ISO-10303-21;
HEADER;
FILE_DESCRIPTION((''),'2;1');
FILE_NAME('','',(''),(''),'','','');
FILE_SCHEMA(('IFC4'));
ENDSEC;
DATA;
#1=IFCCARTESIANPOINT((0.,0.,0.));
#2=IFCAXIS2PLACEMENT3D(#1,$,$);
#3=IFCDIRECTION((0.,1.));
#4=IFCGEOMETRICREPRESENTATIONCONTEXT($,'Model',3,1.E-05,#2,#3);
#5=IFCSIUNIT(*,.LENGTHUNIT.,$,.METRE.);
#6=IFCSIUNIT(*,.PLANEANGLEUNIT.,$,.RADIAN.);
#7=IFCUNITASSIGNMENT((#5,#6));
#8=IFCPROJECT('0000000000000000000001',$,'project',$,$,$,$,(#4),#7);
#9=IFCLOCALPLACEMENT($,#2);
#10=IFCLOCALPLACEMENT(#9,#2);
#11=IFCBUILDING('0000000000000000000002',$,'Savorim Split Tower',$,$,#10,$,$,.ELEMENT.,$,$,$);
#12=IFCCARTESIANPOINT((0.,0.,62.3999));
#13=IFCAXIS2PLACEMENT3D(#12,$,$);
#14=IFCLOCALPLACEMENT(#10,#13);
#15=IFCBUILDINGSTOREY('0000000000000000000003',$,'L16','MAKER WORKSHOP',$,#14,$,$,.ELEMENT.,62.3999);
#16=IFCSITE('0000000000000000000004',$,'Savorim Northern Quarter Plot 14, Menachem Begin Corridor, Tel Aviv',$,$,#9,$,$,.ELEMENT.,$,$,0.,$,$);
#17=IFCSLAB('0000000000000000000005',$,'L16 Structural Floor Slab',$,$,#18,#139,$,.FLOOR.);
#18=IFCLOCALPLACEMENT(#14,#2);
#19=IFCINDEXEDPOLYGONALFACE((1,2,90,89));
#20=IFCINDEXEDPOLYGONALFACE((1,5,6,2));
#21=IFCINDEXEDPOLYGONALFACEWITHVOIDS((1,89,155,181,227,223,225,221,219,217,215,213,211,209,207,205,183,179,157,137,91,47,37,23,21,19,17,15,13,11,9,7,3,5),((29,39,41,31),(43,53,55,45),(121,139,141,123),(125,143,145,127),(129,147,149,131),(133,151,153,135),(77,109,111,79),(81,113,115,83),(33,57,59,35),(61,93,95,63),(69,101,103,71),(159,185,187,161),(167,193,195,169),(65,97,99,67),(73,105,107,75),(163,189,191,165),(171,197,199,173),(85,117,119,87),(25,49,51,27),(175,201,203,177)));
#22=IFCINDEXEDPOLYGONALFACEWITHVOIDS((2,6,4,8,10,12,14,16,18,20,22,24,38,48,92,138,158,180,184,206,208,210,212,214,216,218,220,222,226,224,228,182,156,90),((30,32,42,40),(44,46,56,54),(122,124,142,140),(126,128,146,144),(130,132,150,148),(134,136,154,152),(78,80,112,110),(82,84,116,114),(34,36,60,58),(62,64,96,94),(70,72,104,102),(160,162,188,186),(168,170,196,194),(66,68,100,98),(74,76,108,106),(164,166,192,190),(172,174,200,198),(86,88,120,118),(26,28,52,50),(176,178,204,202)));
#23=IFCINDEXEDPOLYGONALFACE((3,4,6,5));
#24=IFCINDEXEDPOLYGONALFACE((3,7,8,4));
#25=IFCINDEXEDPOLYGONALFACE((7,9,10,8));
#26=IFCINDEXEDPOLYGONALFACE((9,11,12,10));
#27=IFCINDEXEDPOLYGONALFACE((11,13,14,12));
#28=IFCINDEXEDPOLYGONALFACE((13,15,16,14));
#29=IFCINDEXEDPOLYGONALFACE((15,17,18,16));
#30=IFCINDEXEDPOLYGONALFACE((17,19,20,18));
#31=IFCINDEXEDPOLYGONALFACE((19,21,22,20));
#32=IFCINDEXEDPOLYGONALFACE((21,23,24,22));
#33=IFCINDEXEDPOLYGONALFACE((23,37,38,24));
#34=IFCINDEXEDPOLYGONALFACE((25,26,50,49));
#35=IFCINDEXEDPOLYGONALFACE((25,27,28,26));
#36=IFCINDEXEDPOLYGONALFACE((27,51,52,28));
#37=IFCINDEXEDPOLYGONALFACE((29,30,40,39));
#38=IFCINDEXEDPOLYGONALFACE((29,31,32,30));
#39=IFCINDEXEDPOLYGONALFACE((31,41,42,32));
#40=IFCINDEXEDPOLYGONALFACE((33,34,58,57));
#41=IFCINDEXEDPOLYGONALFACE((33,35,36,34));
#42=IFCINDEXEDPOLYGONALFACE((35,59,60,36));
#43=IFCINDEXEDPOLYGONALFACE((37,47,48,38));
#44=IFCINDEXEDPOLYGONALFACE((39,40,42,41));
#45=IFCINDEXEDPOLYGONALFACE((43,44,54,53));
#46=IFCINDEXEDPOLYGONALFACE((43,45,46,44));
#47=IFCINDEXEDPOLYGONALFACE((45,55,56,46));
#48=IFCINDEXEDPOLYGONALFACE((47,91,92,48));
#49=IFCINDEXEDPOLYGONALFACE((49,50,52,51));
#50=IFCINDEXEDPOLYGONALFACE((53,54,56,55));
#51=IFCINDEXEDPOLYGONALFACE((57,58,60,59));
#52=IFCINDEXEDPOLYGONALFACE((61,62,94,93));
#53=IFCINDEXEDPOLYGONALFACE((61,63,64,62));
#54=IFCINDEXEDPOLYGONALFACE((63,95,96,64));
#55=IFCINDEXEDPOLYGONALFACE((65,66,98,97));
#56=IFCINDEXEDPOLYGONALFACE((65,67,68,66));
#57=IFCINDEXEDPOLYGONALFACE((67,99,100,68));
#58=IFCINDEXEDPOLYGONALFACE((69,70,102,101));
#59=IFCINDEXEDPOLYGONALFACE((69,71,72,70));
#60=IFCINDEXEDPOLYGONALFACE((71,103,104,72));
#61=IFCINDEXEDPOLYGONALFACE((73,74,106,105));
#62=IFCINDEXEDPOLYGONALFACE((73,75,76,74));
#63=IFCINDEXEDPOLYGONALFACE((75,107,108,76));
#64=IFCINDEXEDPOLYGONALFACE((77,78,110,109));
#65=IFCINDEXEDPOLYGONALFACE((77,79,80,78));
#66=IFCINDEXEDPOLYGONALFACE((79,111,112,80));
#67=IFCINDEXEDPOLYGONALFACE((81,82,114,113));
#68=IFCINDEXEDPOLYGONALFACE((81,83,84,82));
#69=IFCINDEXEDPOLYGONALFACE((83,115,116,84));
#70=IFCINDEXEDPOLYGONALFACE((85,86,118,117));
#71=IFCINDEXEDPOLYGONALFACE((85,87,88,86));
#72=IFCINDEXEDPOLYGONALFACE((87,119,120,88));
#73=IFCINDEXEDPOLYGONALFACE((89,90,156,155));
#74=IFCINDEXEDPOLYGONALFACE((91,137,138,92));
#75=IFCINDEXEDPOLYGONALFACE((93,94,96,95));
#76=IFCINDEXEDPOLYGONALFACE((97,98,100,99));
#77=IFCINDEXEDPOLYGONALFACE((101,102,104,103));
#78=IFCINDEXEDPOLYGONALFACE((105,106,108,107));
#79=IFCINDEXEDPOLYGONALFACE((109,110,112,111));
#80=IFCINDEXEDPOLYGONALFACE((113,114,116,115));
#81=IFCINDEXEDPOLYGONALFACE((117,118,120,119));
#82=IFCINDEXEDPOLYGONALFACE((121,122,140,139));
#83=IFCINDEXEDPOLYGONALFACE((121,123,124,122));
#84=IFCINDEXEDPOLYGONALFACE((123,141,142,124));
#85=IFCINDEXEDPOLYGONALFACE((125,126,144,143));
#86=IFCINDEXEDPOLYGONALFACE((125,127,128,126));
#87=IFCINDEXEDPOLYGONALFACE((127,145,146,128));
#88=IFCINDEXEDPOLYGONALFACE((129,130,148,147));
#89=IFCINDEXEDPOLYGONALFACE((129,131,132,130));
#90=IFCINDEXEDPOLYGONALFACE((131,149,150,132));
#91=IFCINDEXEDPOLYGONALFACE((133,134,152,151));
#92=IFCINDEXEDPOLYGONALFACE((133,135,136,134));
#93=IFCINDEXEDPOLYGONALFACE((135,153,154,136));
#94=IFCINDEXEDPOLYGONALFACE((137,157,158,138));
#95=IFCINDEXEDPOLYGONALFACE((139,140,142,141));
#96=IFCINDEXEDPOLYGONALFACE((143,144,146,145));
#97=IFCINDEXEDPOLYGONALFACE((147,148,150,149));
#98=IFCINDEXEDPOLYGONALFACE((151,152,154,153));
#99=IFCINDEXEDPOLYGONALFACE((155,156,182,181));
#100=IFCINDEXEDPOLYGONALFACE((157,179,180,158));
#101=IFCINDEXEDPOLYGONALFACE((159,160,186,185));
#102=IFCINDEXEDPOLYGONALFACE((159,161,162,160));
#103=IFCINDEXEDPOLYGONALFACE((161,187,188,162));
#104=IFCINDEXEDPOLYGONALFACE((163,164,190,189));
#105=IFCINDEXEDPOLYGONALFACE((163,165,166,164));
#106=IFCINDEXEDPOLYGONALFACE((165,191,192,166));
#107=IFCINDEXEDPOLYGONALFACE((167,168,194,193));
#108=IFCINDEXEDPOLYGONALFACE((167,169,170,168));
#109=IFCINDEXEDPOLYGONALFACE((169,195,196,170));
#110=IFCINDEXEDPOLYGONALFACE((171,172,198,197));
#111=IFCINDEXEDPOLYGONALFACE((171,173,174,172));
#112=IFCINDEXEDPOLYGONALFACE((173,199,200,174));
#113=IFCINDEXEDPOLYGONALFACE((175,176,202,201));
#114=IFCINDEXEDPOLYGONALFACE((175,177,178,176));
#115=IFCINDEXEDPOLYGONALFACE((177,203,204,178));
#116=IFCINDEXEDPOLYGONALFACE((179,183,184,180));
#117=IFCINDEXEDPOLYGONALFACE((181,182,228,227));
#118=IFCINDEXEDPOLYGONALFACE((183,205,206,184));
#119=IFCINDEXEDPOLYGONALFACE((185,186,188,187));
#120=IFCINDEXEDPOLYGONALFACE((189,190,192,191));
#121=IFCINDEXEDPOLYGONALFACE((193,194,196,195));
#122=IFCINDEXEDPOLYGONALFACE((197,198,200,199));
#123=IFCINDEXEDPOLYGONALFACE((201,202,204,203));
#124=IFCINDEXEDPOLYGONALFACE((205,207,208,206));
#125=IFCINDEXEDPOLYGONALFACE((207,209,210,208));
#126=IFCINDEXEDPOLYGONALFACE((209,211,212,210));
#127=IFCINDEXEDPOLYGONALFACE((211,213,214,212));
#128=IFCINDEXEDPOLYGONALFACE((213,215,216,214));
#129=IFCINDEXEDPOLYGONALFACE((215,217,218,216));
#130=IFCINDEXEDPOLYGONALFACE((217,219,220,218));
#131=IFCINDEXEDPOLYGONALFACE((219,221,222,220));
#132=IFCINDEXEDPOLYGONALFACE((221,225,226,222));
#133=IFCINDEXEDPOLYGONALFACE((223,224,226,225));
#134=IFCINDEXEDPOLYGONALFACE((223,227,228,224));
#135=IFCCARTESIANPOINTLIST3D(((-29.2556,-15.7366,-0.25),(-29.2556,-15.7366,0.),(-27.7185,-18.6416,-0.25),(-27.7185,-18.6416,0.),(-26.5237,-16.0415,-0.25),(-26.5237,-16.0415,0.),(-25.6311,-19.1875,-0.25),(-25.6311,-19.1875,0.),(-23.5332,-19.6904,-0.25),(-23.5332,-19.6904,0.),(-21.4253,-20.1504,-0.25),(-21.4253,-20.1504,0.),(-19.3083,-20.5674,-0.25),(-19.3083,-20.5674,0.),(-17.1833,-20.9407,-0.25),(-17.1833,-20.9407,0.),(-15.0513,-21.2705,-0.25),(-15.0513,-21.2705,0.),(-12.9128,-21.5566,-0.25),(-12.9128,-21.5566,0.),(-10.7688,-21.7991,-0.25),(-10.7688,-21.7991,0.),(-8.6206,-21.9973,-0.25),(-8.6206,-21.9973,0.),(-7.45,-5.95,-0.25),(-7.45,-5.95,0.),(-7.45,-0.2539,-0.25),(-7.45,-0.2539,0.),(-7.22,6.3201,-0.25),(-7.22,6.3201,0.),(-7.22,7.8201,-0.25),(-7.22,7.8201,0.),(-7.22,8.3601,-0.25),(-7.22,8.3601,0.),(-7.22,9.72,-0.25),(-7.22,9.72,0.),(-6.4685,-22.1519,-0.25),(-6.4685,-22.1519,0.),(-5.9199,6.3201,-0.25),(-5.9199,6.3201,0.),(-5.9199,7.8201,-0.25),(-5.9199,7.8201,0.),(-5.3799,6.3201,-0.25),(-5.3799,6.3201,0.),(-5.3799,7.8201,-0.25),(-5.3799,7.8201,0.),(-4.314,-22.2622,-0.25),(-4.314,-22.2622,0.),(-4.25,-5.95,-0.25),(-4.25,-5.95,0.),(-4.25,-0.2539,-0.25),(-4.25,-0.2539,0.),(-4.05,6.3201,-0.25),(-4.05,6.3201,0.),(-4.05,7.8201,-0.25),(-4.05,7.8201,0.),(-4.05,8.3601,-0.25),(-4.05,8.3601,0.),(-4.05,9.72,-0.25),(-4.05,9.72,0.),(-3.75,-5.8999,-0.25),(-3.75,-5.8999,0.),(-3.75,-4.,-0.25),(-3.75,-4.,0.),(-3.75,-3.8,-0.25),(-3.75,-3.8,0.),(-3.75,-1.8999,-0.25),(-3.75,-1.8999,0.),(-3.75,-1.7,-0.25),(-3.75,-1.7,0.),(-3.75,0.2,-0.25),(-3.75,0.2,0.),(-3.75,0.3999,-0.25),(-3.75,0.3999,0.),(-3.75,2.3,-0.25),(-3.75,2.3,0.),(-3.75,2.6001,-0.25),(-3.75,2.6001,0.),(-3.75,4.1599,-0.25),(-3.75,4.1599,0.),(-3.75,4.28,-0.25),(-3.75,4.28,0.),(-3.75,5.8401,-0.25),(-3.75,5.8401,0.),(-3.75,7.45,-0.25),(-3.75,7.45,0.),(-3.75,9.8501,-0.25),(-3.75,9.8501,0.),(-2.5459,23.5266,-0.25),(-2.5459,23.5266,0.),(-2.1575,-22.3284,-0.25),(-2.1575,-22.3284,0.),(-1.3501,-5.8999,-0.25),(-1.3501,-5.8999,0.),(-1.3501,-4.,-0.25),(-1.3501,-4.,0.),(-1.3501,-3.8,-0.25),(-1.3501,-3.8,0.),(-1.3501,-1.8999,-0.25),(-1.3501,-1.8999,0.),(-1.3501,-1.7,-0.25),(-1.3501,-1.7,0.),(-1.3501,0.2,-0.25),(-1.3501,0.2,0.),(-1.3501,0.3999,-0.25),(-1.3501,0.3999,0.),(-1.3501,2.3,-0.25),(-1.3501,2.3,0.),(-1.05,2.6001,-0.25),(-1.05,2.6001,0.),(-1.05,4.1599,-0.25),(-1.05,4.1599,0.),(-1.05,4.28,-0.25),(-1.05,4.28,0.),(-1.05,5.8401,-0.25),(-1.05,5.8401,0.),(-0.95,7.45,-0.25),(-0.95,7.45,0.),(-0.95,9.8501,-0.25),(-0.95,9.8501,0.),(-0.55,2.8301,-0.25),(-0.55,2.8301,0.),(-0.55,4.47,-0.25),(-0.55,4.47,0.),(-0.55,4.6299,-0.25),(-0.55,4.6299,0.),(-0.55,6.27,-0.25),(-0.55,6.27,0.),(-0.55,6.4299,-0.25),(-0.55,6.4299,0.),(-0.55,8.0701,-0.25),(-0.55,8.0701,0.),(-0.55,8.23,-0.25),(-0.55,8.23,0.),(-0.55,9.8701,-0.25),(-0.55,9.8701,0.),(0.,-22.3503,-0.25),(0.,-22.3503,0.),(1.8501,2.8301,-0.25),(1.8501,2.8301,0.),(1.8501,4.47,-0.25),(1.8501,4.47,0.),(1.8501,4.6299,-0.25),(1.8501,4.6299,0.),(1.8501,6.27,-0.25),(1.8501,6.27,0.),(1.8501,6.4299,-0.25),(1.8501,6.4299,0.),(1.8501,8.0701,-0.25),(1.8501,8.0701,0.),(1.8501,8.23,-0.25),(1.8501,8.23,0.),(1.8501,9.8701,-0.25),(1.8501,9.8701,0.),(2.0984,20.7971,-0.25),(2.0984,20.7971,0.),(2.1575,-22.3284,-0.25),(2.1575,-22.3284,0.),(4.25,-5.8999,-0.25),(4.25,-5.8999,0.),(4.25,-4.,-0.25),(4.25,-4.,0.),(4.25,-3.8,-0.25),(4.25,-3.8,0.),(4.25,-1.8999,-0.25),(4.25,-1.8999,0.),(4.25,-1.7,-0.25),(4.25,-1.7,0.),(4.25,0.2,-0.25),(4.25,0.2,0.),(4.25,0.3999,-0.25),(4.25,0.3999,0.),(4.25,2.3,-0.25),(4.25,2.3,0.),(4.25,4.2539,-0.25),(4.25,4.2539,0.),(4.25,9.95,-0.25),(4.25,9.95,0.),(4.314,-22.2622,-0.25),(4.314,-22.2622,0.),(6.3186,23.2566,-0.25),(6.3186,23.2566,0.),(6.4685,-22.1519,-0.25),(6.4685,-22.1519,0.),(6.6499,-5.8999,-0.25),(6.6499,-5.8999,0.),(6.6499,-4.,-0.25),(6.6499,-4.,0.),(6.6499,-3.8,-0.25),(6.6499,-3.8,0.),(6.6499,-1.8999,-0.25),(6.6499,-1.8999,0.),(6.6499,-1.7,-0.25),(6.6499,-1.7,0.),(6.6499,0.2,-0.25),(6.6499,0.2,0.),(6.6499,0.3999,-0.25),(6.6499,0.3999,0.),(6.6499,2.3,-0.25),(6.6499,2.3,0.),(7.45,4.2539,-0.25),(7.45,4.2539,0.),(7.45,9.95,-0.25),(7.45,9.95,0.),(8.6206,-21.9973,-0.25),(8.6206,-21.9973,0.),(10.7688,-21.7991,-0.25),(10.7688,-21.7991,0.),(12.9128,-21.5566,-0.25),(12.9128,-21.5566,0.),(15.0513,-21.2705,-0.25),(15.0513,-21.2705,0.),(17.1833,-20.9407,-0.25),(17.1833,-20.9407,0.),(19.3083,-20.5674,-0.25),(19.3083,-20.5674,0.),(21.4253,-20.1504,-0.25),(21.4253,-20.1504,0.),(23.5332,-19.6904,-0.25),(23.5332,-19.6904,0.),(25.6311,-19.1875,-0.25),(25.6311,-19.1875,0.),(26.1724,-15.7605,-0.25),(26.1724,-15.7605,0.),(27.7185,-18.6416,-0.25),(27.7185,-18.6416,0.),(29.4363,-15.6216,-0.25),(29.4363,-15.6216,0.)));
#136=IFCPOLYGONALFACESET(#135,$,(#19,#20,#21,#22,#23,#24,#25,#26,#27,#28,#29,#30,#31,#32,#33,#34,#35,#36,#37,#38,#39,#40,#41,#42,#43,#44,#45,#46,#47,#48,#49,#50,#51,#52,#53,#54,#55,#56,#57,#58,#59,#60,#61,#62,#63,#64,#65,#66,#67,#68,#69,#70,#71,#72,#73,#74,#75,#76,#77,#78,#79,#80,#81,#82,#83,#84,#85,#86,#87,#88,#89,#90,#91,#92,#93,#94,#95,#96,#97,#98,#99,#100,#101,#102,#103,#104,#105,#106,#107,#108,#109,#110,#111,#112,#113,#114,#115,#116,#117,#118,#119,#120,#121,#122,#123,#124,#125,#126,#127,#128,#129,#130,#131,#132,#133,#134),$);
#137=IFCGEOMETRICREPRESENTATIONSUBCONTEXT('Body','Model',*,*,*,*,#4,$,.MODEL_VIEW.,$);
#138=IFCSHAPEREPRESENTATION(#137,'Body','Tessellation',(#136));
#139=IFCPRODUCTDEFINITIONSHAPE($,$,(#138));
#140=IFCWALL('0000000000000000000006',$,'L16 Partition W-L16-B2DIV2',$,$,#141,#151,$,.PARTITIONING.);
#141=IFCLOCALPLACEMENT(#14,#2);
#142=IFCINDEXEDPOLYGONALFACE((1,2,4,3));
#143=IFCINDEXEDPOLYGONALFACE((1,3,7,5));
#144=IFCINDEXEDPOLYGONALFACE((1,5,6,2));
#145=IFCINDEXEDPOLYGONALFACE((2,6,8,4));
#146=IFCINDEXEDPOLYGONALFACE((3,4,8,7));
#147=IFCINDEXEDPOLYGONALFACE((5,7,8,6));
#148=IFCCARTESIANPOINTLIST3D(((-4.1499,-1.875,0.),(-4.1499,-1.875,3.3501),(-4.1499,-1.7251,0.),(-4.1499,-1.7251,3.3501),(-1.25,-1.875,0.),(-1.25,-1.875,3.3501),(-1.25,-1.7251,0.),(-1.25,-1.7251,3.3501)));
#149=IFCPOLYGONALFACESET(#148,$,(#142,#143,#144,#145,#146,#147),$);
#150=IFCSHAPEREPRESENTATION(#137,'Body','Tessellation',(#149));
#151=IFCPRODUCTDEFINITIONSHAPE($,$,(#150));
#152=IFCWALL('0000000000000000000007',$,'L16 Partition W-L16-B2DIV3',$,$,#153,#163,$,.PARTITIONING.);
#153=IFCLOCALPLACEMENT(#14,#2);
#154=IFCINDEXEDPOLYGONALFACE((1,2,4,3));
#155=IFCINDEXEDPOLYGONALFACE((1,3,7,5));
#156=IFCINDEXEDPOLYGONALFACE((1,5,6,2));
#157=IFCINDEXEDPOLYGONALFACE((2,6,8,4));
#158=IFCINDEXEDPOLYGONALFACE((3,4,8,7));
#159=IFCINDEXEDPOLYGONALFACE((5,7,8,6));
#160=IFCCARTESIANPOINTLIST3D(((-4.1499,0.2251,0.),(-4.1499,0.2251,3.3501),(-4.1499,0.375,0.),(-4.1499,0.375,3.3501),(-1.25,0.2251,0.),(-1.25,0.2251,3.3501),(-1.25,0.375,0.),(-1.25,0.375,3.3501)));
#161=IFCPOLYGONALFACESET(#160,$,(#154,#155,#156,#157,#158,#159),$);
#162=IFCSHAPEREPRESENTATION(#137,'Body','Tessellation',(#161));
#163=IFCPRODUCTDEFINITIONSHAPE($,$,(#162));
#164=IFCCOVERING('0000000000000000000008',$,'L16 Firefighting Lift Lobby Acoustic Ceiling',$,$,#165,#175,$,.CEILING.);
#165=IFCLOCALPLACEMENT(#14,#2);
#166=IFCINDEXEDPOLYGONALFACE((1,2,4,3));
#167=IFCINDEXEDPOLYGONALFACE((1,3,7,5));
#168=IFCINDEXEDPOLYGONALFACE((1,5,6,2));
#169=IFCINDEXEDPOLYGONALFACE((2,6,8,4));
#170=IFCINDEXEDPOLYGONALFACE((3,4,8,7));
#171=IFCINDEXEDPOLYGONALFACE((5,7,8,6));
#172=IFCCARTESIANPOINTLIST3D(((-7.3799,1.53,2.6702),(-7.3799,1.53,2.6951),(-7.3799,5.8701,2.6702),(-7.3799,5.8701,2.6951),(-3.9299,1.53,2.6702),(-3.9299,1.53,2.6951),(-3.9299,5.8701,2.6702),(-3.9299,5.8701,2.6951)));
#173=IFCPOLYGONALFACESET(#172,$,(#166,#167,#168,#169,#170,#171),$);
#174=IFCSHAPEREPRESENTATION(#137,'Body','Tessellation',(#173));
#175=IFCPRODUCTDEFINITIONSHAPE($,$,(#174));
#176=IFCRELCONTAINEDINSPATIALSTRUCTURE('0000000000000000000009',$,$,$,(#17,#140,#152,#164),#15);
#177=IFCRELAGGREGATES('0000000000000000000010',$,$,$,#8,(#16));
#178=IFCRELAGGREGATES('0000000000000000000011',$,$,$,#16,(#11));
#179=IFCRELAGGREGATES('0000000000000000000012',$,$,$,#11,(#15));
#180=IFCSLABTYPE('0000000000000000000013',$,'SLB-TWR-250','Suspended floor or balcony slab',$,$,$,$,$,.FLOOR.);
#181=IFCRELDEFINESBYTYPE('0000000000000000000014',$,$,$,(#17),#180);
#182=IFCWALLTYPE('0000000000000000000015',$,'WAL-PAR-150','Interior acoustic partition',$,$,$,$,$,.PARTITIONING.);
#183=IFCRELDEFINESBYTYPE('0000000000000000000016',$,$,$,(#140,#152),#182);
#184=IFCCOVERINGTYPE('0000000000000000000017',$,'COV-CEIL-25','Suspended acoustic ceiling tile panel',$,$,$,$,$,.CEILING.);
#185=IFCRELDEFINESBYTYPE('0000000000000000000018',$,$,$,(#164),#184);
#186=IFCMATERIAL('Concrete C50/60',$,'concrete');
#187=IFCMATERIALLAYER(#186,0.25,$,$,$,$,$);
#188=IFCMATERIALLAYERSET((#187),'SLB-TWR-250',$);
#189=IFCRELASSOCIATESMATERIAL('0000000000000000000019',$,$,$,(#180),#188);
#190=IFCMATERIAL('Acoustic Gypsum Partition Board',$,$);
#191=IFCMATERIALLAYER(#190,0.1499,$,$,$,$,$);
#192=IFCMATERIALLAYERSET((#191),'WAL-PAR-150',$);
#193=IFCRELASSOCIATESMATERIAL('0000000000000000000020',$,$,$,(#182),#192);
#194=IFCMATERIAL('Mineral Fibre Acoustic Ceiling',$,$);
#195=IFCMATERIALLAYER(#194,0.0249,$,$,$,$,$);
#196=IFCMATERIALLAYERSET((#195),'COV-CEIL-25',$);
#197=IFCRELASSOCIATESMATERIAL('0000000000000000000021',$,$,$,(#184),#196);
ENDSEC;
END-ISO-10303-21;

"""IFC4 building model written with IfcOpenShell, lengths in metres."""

from ifc_helpers import new_model, si_unit, direction, frame, frame_2d, origin, place, context, subcontext, project, spatial, polyline, rectangle, outline, extrude, material, layer, layer_set, type_object, element, save


model = new_model("IFC4")

# Units and contexts
model_context = context("Model", 3, precision=1e-05, world=origin(), true_north=direction((0.0, 1.0)))
body_context = subcontext(model_context, "Body", "Model", "MODEL_VIEW")
ifc_project = project(units=[si_unit("LENGTHUNIT", "METRE"), si_unit("PLANEANGLEUNIT", "RADIAN")], contexts=[model_context])

# Site, building, storey
site_placement = place(None, origin())
site = spatial("IfcSite", under=ifc_project, at=site_placement, Name="Savorim Northern Quarter Plot 14, Menachem Begin Corridor, Tel Aviv", CompositionType="ELEMENT", RefElevation=0.0)
building_placement = place(site_placement, origin())
building = spatial("IfcBuilding", under=site, at=building_placement, Name="Savorim Split Tower", CompositionType="ELEMENT")
storey_placement = place(building_placement, frame((0.0, 0.0, 62.3999)))
storey = spatial("IfcBuildingStorey", under=building, at=storey_placement, Name="L16", Description="MAKER WORKSHOP", CompositionType="ELEMENT", Elevation=62.3999)

# Shared definitions
ifc_material_1 = material(Name="Concrete C50/60", Category="concrete")

# Slab
ifc_layer_1 = layer(ifc_material_1, 0.25)
ifc_layer_set_1 = layer_set([ifc_layer_1], Name="SLB-TWR-250")
slab_type_1 = type_object("IfcSlabType", Name="SLB-TWR-250", Description="Suspended floor or balcony slab", PredefinedType="FLOOR", material=ifc_layer_set_1)
slab_1_placement = place(storey_placement, frame((0.0, 0.0, -0.25)))
element("IfcSlab", 1, at=slab_1_placement, inside=storey, type_object=slab_type_1, Name="L16 Structural Floor Slab", PredefinedType="FLOOR", context=body_context, shape_type="SweptSolid", body=[
    extrude(outline(polyline([(-27.7185, -18.6416), (-25.6311, -19.1875), (-23.5332, -19.6904), (-21.4253, -20.1504), (-19.3083, -20.5674), (-17.1833, -20.9407), (-15.0513, -21.2705), (-12.9128, -21.5566), (-10.7688, -21.7991), (-8.6206, -21.9973), (-6.4685, -22.1519), (-4.314, -22.2622), (-2.1575, -22.3284), (0.0, -22.3503), (2.1575, -22.3284), (4.314, -22.2622), (6.4685, -22.1519), (8.6206, -21.9973), (10.7688, -21.7991), (12.9128, -21.5566), (15.0513, -21.2705), (17.1833, -20.9407), (19.3083, -20.5674), (21.4253, -20.1504), (23.5332, -19.6904), (25.6311, -19.1875), (27.7185, -18.6416), (26.1724, -15.7605), (29.4363, -15.6216), (6.3186, 23.2566), (2.0984, 20.7971), (-2.5459, 23.5266), (-29.2556, -15.7366), (-26.5237, -16.0415), (-27.7185, -18.6416)]), holes=[polyline([(-7.45, -0.2539), (-7.45, -5.95), (-4.25, -5.95), (-4.25, -0.2539), (-7.45, -0.2539)]), polyline([(7.45, 4.2539), (7.45, 9.95), (4.25, 9.95), (4.25, 4.2539), (7.45, 4.2539)]), polyline([(4.25, -5.8999), (6.6499, -5.8999), (6.6499, -4.0), (4.25, -4.0), (4.25, -5.8999)]), polyline([(4.25, -3.8), (6.6499, -3.8), (6.6499, -1.8999), (4.25, -1.8999), (4.25, -3.8)]), polyline([(4.25, -1.7), (6.6499, -1.7), (6.6499, 0.2), (4.25, 0.2), (4.25, -1.7)]), polyline([(4.25, 0.3999), (6.6499, 0.3999), (6.6499, 2.3), (4.25, 2.3), (4.25, 0.3999)]), polyline([(-3.75, -5.8999), (-1.3501, -5.8999), (-1.3501, -4.0), (-3.75, -4.0), (-3.75, -5.8999)]), polyline([(-3.75, -3.8), (-1.3501, -3.8), (-1.3501, -1.8999), (-3.75, -1.8999), (-3.75, -3.8)]), polyline([(-3.75, -1.7), (-1.3501, -1.7), (-1.3501, 0.2), (-3.75, 0.2), (-3.75, -1.7)]), polyline([(-3.75, 0.3999), (-1.3501, 0.3999), (-1.3501, 2.3), (-3.75, 2.3), (-3.75, 0.3999)]), polyline([(-0.55, 2.8301), (1.8501, 2.8301), (1.8501, 4.47), (-0.55, 4.47), (-0.55, 2.8301)]), polyline([(-0.55, 4.6299), (1.8501, 4.6299), (1.8501, 6.27), (-0.55, 6.27), (-0.55, 4.6299)]), polyline([(-0.55, 6.4299), (1.8501, 6.4299), (1.8501, 8.0701), (-0.55, 8.0701), (-0.55, 6.4299)]), polyline([(-0.55, 8.23), (1.8501, 8.23), (1.8501, 9.8701), (-0.55, 9.8701), (-0.55, 8.23)]), polyline([(-3.75, 2.6001), (-1.05, 2.6001), (-1.05, 4.1599), (-3.75, 4.1599), (-3.75, 2.6001)]), polyline([(-3.75, 4.28), (-1.05, 4.28), (-1.05, 5.8401), (-3.75, 5.8401), (-3.75, 4.28)]), polyline([(-3.75, 7.45), (-0.95, 7.45), (-0.95, 9.8501), (-3.75, 9.8501), (-3.75, 7.45)]), polyline([(-7.22, 6.3201), (-5.9199, 6.3201), (-5.9199, 7.8201), (-7.22, 7.8201), (-7.22, 6.3201)]), polyline([(-5.3799, 6.3201), (-4.05, 6.3201), (-4.05, 7.8201), (-5.3799, 7.8201), (-5.3799, 6.3201)]), polyline([(-7.22, 8.3601), (-4.05, 8.3601), (-4.05, 9.72), (-7.22, 9.72), (-7.22, 8.3601)])]), origin(), (0.0, 0.0, 1.0), 0.25),
])

# Walls
ifc_material_2 = material(Name="Acoustic Gypsum Partition Board")
ifc_layer_2 = layer(ifc_material_2, 0.1499)
ifc_layer_set_2 = layer_set([ifc_layer_2], Name="WAL-PAR-150")
wall_type_1 = type_object("IfcWallType", Name="WAL-PAR-150", Description="Interior acoustic partition", PredefinedType="PARTITIONING", material=ifc_layer_set_2)
for number, where, z_axis, x_axis, name in (
    (2, (-4.1499, -1.8, 0.0), (0.0, 0.0, 1.0), (1.0, 0.0, 0.0), "L16 Partition W-L16-B2DIV2"),
    (3, (-4.1499, 0.3, 0.0), (0.0, 0.0, 1.0), (1.0, 0.0, 0.0), "L16 Partition W-L16-B2DIV3"),
):
    element("IfcWall", number, at=place(storey_placement, frame(where, z_axis=z_axis, x_axis=x_axis)), inside=storey, type_object=wall_type_1, Name=name, PredefinedType="PARTITIONING", context=body_context, shape_type="SweptSolid", body=[
        extrude(rectangle(XDim=2.8999, YDim=0.1499, at=frame_2d((1.45, 0.0))), origin(), (0.0, 0.0, 1.0), 3.3501),
    ])

# Covering
ifc_material_3 = material(Name="Mineral Fibre Acoustic Ceiling")
ifc_layer_3 = layer(ifc_material_3, 0.0249)
ifc_layer_set_3 = layer_set([ifc_layer_3], Name="COV-CEIL-25")
covering_type_1 = type_object("IfcCoveringType", Name="COV-CEIL-25", Description="Suspended acoustic ceiling tile panel", PredefinedType="CEILING", material=ifc_layer_set_3)
covering_1_placement = place(storey_placement, frame((0.0, 0.0, 2.6702)))
element("IfcCovering", 4, at=covering_1_placement, inside=storey, type_object=covering_type_1, Name="L16 Firefighting Lift Lobby Acoustic Ceiling", PredefinedType="CEILING", context=body_context, shape_type="SweptSolid", body=[
    extrude(outline(polyline([(-7.3799, 5.8701), (-7.3799, 1.53), (-3.9299, 1.53), (-3.9299, 5.8701), (-7.3799, 5.8701)])), origin(), (0.0, 0.0, 1.0), 0.0249),
])

save(model, "model.ifc")
